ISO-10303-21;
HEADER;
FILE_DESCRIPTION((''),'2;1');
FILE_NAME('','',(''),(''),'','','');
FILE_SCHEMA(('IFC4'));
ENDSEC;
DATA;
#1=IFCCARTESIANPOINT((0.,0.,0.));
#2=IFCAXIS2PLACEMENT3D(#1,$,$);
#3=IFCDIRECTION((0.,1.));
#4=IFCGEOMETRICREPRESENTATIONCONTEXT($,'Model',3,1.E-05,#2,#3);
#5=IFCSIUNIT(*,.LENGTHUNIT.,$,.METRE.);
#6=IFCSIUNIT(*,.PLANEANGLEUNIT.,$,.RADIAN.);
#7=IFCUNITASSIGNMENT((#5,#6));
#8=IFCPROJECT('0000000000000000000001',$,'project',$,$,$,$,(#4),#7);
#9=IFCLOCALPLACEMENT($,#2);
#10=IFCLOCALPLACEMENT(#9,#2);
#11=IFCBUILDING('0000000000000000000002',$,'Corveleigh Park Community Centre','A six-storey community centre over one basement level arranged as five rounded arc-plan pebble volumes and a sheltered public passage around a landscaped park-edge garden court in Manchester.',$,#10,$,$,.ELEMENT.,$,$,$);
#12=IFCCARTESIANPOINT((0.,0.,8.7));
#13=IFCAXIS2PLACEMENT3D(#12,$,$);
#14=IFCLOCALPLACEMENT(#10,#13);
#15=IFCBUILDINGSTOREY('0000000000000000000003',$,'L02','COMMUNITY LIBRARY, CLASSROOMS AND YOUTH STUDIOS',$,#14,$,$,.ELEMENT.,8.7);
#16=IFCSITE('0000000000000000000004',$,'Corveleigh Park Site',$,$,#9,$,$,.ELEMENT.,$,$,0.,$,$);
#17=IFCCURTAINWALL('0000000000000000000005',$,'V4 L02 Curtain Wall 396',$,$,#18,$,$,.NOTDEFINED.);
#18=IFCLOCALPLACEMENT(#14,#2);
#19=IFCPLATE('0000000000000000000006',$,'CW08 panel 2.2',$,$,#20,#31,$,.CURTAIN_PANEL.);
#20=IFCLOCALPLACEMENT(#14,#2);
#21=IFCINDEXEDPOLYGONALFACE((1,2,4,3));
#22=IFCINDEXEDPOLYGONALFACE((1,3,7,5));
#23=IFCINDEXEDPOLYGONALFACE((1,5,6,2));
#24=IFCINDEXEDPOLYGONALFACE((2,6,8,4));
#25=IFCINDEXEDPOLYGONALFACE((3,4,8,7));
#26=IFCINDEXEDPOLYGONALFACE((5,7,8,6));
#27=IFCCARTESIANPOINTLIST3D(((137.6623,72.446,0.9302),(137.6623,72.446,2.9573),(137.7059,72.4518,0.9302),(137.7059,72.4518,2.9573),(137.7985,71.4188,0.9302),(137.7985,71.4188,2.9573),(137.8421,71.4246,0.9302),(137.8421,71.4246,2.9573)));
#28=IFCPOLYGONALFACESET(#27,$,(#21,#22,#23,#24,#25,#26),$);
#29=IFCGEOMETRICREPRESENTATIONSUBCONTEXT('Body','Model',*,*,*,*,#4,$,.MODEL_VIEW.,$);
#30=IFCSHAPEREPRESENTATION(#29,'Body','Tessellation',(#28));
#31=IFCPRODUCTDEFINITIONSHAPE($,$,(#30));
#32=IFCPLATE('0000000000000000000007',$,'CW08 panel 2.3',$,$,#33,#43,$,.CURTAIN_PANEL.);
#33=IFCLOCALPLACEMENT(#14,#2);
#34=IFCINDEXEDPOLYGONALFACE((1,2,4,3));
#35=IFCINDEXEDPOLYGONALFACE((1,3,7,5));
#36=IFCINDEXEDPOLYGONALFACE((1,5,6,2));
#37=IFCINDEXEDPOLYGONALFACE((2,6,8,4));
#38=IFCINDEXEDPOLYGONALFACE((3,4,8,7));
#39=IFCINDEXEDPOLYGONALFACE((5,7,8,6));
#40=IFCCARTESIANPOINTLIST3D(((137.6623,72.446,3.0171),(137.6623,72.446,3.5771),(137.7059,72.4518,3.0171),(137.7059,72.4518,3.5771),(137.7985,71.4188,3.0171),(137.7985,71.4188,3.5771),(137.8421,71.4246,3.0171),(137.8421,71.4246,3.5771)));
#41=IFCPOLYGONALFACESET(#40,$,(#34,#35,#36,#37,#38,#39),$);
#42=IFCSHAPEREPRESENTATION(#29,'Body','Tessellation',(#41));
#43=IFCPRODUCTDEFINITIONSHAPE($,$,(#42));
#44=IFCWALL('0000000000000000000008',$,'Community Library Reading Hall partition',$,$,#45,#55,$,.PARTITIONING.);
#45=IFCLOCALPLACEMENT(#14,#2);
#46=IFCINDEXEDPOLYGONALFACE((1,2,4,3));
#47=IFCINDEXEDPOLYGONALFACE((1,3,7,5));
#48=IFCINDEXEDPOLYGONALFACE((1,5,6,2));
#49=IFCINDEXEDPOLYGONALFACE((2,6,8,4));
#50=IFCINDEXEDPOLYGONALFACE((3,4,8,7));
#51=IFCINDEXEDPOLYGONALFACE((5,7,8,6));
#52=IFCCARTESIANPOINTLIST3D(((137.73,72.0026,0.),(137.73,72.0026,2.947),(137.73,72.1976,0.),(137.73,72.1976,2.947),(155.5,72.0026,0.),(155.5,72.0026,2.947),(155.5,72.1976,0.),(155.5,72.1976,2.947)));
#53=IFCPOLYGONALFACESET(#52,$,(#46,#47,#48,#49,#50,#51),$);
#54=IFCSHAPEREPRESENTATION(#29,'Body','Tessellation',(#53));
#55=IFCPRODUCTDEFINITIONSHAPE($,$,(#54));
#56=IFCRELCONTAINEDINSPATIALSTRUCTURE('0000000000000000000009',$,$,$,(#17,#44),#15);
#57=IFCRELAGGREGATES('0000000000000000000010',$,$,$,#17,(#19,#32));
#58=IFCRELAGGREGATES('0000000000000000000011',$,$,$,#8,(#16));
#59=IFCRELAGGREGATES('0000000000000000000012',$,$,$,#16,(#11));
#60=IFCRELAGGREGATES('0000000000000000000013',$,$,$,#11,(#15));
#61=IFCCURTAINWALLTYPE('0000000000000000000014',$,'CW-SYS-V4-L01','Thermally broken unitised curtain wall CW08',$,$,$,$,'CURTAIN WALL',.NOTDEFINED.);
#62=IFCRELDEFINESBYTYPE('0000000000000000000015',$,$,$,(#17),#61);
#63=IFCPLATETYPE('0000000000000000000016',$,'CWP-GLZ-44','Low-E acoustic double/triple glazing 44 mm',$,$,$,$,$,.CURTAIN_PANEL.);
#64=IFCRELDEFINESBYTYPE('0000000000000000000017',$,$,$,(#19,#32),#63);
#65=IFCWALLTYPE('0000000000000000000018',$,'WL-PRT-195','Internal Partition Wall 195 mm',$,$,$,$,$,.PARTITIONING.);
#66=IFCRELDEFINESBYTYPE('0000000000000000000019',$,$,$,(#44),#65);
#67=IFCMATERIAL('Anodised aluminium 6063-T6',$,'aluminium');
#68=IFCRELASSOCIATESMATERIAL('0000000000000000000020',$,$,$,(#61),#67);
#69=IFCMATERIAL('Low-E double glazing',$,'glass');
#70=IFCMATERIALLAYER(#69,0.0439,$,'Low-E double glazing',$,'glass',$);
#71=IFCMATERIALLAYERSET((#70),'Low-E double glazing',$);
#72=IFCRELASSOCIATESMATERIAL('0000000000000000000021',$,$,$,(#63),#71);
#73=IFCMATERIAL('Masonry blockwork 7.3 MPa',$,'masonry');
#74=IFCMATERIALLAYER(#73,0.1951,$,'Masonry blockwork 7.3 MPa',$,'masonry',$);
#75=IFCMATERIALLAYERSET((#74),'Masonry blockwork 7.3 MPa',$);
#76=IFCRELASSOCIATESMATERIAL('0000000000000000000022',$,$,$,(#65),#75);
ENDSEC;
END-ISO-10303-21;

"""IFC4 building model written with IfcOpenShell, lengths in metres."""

from ifc_helpers import new_model, si_unit, direction, frame, frame_2d, origin, origin_2d, place, context, subcontext, project, spatial, rectangle, extrude, material, layer, layer_set, type_object, element, aggregate, save


model = new_model("IFC4")

# Units and contexts
model_context = context("Model", 3, precision=1e-05, world=origin(), true_north=direction((0.0, 1.0)))
body_context = subcontext(model_context, "Body", "Model", "MODEL_VIEW")
ifc_project = project(units=[si_unit("LENGTHUNIT", "METRE"), si_unit("PLANEANGLEUNIT", "RADIAN")], contexts=[model_context])

# Site, building, storey
site_placement = place(None, origin())
site = spatial("IfcSite", under=ifc_project, at=site_placement, Name="Corveleigh Park Site", CompositionType="ELEMENT", RefElevation=0.0)
building_placement = place(site_placement, origin())
building = spatial("IfcBuilding", under=site, at=building_placement, Name="Corveleigh Park Community Centre", Description="A six-storey community centre over one basement level arranged as five rounded arc-plan pebble volumes and a sheltered public passage around a landscaped park-edge garden court in Manchester.", CompositionType="ELEMENT")
storey_placement = place(building_placement, frame((0.0, 0.0, 8.7)))
storey = spatial("IfcBuildingStorey", under=building, at=storey_placement, Name="L02", Description="COMMUNITY LIBRARY, CLASSROOMS AND YOUTH STUDIOS", CompositionType="ELEMENT", Elevation=8.7)

# Shared definitions
ifc_material_1 = material(Name="Anodised aluminium 6063-T6", Category="aluminium")
curtain_wall_type = type_object("IfcCurtainWallType", Name="CW-SYS-V4-L01", Description="Thermally broken unitised curtain wall CW08", ElementType="CURTAIN WALL", PredefinedType="NOTDEFINED", material=ifc_material_1)

# Curtain wall
curtain_wall_1_placement = place(storey_placement, origin())
curtain_wall_1 = element("IfcCurtainWall", 1, at=curtain_wall_1_placement, inside=storey, type_object=curtain_wall_type, Name="V4 L02 Curtain Wall 396", PredefinedType="NOTDEFINED")

# Plates
ifc_material_2 = material(Name="Low-E double glazing", Category="glass")
ifc_layer_1 = layer(ifc_material_2, 0.0439, Name="Low-E double glazing", Category="glass")
ifc_layer_set_1 = layer_set([ifc_layer_1], Name="Low-E double glazing")
plate_type = type_object("IfcPlateType", Name="CWP-GLZ-44", Description="Low-E acoustic double/triple glazing 44 mm", PredefinedType="CURTAIN_PANEL", material=ifc_layer_set_1)
plate_1_placement = place(storey_placement, frame((137.7522, 71.9353, 0.9302), z_axis=(0.0, 0.0, 1.0), x_axis=(-0.131488, 0.991318, 0.0)))
plate_1 = element("IfcPlate", 2, at=plate_1_placement, type_object=plate_type, Name="CW08 panel 2.2", PredefinedType="CURTAIN_PANEL", context=body_context, shape_type="SweptSolid", body=[
    extrude(rectangle(XDim=1.0361, YDim=0.0439, at=origin_2d()), origin(), (0.0, 0.0, 1.0), 2.0271),
])
plate_2_placement = place(storey_placement, frame((137.7522, 71.9353, 3.0171), z_axis=(0.0, 0.0, 1.0), x_axis=(-0.131488, 0.991318, 0.0)))
plate_2 = element("IfcPlate", 3, at=plate_2_placement, type_object=plate_type, Name="CW08 panel 2.3", PredefinedType="CURTAIN_PANEL", context=body_context, shape_type="SweptSolid", body=[
    extrude(rectangle(XDim=1.0361, YDim=0.0439, at=origin_2d()), origin(), (0.0, 0.0, 1.0), 0.5601),
])
aggregate(curtain_wall_1, [plate_1, plate_2])

# Wall
ifc_material_3 = material(Name="Masonry blockwork 7.3 MPa", Category="masonry")
ifc_layer_2 = layer(ifc_material_3, 0.1951, Name="Masonry blockwork 7.3 MPa", Category="masonry")
ifc_layer_set_2 = layer_set([ifc_layer_2], Name="Masonry blockwork 7.3 MPa")
wall_type = type_object("IfcWallType", Name="WL-PRT-195", Description="Internal Partition Wall 195 mm", PredefinedType="PARTITIONING", material=ifc_layer_set_2)
wall_placement = place(storey_placement, frame((137.73, 72.1001, 0.0), z_axis=(0.0, 0.0, 1.0), x_axis=(1.0, 0.0, 0.0)))
element("IfcWall", 4, at=wall_placement, inside=storey, type_object=wall_type, Name="Community Library Reading Hall partition", PredefinedType="PARTITIONING", context=body_context, shape_type="SweptSolid", body=[
    extrude(rectangle(XDim=17.77, YDim=0.1951, at=frame_2d((8.885, 0.0))), origin(), (0.0, 0.0, 1.0), 2.947),
])

save(model, "model.ifc")
